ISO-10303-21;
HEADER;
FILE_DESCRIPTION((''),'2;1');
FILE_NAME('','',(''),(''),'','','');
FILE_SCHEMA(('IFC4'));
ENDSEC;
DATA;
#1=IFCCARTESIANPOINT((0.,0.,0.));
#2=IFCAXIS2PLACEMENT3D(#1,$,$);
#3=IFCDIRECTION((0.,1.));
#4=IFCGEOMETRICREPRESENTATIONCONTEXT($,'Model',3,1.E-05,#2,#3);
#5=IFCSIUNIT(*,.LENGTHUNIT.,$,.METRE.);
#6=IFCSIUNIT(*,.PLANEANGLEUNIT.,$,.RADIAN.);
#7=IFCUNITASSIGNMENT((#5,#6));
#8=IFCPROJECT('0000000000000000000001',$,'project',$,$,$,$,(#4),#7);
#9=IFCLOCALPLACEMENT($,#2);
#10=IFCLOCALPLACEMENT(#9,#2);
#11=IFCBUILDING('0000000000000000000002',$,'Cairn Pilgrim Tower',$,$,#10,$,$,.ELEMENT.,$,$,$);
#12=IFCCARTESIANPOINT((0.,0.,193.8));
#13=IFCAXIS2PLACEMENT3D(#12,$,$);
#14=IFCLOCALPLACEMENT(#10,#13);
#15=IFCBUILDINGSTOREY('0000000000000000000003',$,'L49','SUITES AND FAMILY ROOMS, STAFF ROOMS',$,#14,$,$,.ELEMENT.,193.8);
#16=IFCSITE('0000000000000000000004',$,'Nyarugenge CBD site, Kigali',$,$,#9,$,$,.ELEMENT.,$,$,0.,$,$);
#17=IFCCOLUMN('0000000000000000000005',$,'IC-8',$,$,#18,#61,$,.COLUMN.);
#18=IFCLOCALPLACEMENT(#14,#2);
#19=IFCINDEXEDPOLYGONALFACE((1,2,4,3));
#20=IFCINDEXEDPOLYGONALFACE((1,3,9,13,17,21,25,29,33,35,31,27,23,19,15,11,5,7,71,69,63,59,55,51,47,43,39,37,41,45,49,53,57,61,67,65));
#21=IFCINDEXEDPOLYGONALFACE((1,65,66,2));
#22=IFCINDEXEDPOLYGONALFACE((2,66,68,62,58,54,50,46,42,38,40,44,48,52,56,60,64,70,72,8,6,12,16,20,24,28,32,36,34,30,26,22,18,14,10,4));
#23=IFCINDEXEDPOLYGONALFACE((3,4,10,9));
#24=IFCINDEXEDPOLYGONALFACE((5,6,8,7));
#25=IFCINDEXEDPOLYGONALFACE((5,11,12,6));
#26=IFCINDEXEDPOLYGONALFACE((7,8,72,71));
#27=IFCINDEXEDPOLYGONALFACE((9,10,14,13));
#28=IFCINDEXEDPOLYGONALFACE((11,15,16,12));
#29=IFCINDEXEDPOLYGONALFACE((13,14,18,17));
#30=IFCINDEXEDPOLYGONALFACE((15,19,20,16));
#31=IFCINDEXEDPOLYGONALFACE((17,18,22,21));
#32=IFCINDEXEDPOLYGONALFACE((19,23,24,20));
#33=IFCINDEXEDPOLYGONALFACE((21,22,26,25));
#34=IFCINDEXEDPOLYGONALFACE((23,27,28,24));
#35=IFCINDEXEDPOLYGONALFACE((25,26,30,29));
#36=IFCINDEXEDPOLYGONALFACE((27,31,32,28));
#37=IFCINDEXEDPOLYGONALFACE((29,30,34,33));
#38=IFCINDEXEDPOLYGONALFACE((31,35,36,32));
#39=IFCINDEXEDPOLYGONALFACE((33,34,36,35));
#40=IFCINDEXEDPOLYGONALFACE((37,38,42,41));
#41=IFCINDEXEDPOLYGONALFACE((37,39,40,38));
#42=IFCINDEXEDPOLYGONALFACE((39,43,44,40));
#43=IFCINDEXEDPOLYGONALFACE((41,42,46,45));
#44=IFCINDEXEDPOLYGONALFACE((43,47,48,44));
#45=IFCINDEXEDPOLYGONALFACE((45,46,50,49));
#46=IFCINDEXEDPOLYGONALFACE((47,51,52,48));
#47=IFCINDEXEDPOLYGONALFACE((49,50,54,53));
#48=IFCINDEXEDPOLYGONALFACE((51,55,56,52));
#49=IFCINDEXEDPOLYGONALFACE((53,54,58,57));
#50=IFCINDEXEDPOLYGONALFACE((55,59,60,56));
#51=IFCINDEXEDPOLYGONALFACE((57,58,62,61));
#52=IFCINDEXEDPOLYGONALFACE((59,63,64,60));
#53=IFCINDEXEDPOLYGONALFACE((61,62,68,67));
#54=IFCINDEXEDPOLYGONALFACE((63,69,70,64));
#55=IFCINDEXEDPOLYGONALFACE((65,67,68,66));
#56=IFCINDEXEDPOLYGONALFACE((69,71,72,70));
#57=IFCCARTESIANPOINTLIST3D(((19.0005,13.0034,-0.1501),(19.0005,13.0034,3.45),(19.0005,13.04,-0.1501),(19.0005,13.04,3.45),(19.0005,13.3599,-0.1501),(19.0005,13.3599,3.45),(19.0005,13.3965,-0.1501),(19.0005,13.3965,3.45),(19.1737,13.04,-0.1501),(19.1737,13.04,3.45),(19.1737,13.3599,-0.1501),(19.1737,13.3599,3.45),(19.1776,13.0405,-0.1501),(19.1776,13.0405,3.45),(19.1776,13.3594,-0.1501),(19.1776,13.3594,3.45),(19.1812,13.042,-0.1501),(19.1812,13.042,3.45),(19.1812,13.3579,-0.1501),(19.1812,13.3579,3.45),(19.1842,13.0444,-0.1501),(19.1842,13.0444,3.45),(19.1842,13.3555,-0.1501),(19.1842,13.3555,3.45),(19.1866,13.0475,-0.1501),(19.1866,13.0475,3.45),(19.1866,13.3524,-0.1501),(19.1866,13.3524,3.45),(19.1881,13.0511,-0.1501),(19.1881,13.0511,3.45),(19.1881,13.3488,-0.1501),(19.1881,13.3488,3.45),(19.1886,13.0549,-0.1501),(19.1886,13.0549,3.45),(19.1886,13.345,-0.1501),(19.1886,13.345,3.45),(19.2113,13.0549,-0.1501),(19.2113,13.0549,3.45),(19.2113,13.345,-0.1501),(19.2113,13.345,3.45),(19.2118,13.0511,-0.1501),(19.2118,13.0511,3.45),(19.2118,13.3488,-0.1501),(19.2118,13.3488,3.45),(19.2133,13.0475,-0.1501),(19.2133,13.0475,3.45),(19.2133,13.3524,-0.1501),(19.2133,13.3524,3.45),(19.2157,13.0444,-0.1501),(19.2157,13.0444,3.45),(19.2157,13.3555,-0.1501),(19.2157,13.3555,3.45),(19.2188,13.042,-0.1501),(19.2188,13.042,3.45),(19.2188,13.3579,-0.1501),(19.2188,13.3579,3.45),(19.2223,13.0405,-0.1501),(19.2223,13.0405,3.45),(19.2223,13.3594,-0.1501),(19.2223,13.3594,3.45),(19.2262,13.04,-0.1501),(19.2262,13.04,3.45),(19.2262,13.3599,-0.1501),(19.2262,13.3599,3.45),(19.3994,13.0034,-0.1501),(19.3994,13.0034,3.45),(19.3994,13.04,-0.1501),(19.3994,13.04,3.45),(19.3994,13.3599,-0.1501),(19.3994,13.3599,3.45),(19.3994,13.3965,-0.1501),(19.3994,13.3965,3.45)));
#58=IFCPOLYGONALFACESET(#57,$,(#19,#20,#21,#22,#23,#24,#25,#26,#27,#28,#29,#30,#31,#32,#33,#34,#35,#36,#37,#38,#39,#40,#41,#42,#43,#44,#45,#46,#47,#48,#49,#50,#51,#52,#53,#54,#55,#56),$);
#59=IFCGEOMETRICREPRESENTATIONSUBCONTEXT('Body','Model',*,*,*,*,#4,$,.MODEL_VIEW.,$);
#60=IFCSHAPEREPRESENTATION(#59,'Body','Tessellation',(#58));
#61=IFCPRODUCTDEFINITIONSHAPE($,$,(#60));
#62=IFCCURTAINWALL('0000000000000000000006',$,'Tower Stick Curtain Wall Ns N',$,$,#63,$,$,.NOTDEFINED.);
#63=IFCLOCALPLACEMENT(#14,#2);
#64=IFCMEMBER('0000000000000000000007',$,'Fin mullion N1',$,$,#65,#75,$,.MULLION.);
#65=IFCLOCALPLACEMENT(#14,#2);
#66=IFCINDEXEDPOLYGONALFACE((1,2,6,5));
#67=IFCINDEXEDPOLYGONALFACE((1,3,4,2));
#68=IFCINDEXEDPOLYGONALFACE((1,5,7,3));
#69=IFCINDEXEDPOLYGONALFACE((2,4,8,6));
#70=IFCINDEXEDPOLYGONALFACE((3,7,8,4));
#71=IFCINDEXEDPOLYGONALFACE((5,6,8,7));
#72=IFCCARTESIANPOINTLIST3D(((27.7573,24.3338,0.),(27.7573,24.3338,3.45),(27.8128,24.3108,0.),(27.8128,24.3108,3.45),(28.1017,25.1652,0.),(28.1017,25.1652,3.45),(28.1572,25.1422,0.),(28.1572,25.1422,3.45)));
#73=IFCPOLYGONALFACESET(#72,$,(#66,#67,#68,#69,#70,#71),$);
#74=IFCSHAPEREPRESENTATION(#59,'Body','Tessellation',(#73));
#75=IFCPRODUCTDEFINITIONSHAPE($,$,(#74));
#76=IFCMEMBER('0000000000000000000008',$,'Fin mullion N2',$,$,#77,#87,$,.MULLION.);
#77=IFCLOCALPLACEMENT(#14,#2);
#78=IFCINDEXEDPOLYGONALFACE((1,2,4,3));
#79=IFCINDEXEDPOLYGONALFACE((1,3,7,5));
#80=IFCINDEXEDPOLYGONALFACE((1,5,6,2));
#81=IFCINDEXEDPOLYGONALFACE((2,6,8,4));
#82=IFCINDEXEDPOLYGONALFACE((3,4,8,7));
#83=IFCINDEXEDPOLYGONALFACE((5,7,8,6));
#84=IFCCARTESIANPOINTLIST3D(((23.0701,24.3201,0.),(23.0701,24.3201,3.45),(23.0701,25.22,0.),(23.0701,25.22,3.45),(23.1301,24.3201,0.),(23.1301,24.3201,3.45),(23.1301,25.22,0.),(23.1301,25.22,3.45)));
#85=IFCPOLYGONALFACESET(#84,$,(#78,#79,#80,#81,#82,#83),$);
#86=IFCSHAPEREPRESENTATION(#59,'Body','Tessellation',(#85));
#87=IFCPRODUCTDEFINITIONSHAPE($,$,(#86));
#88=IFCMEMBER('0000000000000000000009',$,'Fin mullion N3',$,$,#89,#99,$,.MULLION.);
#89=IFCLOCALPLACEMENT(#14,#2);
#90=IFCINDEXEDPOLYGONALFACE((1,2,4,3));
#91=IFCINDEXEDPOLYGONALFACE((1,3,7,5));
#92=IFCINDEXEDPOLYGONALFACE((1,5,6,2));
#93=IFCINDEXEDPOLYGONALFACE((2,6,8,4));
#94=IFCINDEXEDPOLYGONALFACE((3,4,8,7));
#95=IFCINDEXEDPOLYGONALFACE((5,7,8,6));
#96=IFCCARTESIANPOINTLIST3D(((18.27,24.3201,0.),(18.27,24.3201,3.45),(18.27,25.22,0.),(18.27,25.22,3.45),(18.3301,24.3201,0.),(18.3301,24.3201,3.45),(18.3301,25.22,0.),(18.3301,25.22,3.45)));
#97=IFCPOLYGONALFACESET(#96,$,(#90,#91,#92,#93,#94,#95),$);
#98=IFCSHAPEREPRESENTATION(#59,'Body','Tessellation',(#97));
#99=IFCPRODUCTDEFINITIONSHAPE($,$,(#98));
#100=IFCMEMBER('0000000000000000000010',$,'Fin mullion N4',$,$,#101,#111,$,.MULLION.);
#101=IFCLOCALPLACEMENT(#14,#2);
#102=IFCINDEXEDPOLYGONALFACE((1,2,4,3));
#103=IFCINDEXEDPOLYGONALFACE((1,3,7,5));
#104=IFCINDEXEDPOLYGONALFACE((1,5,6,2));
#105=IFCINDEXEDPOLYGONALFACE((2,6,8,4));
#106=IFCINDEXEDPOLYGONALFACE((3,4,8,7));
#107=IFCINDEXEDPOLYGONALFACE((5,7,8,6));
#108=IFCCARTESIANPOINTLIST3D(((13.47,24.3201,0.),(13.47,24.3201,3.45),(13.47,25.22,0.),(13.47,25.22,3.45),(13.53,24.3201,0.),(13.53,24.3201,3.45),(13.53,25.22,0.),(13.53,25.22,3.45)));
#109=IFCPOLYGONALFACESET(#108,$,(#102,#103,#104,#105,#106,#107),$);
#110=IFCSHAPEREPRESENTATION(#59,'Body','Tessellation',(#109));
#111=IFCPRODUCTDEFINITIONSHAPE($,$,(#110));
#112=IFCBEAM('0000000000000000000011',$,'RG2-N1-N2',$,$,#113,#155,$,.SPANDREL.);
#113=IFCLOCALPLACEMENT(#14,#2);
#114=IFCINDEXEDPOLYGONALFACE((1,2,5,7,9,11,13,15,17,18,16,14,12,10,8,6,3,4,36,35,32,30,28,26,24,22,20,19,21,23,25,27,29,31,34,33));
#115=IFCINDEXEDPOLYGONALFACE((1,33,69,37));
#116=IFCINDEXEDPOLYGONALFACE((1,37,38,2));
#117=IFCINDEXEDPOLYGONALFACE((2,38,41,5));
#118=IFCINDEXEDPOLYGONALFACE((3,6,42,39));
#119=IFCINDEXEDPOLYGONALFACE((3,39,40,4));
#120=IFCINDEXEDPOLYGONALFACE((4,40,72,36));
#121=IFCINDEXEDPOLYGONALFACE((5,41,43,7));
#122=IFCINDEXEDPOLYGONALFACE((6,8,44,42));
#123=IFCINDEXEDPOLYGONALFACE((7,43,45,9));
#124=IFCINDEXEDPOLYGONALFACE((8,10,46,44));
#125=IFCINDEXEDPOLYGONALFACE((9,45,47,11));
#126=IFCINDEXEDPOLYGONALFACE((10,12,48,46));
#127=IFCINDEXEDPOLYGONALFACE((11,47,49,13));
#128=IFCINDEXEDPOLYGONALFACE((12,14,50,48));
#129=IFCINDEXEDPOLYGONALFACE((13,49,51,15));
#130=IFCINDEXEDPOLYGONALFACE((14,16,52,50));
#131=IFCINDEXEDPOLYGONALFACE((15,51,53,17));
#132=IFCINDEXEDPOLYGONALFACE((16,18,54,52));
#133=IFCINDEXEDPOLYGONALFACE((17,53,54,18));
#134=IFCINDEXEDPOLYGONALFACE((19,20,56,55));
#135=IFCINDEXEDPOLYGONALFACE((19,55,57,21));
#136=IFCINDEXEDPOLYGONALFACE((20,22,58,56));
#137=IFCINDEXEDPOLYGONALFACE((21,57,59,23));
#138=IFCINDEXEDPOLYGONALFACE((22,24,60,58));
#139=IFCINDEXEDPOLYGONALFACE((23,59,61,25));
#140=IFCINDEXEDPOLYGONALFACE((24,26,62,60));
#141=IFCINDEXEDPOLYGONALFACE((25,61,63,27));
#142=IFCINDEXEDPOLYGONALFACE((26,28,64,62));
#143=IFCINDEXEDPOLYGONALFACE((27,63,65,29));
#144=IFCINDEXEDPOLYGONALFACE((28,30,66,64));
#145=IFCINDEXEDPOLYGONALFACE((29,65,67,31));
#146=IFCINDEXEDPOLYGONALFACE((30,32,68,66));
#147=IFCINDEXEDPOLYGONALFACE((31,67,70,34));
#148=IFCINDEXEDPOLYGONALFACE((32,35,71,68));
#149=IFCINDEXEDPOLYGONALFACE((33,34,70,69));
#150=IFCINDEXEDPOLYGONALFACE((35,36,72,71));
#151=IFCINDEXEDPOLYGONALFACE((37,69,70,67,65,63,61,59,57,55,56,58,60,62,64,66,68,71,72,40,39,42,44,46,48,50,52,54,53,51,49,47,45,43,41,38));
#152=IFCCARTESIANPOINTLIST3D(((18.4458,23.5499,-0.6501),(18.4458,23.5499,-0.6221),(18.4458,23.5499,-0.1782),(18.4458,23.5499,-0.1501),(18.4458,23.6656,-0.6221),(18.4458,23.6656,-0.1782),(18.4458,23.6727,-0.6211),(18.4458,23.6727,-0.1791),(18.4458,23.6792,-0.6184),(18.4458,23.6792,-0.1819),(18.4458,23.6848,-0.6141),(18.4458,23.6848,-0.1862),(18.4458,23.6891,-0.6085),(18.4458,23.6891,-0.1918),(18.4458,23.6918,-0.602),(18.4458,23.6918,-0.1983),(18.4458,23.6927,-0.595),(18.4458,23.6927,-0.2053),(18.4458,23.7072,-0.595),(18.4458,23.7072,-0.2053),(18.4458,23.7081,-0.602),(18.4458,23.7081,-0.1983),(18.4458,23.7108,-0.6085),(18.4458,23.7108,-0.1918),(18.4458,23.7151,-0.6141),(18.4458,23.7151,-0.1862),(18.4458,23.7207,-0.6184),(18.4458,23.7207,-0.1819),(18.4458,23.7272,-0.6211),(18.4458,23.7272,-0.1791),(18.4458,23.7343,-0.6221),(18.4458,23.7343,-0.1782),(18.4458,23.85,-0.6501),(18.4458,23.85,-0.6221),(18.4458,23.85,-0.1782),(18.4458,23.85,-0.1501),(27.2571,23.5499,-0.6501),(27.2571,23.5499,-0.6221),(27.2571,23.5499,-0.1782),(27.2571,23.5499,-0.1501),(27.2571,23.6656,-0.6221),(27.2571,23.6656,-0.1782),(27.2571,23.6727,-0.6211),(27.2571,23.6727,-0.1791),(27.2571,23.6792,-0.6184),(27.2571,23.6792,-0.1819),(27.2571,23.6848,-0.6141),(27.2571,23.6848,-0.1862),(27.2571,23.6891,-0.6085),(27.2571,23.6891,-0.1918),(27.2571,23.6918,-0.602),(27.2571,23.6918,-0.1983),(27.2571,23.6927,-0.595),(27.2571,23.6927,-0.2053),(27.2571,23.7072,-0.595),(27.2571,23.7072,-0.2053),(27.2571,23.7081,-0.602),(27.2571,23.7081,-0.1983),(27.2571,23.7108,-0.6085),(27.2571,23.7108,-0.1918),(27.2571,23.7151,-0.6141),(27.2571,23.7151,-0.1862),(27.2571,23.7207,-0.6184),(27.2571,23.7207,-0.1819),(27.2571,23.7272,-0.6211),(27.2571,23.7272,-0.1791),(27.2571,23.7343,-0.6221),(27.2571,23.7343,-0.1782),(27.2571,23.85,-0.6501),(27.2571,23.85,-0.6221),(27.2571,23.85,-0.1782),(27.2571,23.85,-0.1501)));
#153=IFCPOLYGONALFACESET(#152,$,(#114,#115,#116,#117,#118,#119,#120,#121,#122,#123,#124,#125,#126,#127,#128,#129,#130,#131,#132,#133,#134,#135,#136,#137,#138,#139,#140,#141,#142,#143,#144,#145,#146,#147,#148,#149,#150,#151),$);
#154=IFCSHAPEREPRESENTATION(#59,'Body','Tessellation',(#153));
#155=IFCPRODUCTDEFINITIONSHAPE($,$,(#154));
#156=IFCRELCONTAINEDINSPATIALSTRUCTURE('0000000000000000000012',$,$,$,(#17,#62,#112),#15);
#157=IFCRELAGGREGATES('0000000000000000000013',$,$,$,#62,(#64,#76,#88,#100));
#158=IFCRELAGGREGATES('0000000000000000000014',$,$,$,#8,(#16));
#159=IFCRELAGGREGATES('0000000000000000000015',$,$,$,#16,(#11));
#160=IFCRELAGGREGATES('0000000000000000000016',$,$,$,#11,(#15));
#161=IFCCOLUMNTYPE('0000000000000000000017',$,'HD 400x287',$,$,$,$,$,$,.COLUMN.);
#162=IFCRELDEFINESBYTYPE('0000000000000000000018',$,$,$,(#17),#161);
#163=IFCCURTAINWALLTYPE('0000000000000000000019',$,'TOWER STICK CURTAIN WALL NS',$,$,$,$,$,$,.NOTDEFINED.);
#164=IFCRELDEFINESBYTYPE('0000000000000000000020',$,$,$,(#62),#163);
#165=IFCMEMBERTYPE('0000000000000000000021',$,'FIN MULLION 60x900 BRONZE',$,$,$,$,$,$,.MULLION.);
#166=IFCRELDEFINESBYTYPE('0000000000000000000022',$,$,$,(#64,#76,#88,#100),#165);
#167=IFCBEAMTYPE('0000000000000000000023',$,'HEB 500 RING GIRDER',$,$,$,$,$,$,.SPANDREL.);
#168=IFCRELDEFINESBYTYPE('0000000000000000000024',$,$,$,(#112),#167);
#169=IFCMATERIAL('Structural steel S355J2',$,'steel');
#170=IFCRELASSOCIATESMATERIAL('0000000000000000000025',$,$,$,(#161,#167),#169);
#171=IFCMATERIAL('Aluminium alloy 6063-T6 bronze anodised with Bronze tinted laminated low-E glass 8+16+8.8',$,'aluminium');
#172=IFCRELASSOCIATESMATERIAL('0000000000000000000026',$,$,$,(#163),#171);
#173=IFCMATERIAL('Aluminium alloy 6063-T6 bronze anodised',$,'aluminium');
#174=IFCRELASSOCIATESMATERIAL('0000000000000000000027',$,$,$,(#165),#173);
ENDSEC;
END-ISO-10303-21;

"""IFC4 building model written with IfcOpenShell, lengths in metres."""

from ifc_helpers import new_model, si_unit, direction, frame, origin, origin_2d, place, context, subcontext, project, spatial, rectangle, i_section, extrude, material, material_profile, profile_set, type_object, element, aggregate, save


model = new_model("IFC4")

# Units and contexts
model_context = context("Model", 3, precision=1e-05, world=origin(), true_north=direction((0.0, 1.0)))
body_context = subcontext(model_context, "Body", "Model", "MODEL_VIEW")
ifc_project = project(units=[si_unit("LENGTHUNIT", "METRE"), si_unit("PLANEANGLEUNIT", "RADIAN")], contexts=[model_context])

# Site, building, storey
site_placement = place(None, origin())
site = spatial("IfcSite", under=ifc_project, at=site_placement, Name="Nyarugenge CBD site, Kigali", CompositionType="ELEMENT", RefElevation=0.0)
building_placement = place(site_placement, origin())
building = spatial("IfcBuilding", under=site, at=building_placement, Name="Cairn Pilgrim Tower", CompositionType="ELEMENT")
storey_placement = place(building_placement, frame((0.0, 0.0, 193.8)))
storey = spatial("IfcBuildingStorey", under=building, at=storey_placement, Name="L49", Description="SUITES AND FAMILY ROOMS, STAFF ROOMS", CompositionType="ELEMENT", Elevation=193.8)

# Column
ifc_material_1 = material(Name="Structural steel S355J2", Category="steel")
ifc_material_profile_1 = material_profile(ifc_material_1, i_section(OverallWidth=0.3989, OverallDepth=0.3931, WebThickness=0.0227, FlangeThickness=0.0366, FilletRadius=0.0149, at=origin_2d()), Name="HD 400x287")
ifc_profile_set_1 = profile_set([ifc_material_profile_1], Name="Structural steel S355J2")
column_type_1 = type_object("IfcColumnType", Name="HD 400x287", PredefinedType="COLUMN", material=ifc_profile_set_1)
column_1_placement = place(storey_placement, frame((19.2, 13.2, -0.1501), z_axis=(0.0, 0.0, 1.0), x_axis=(1.0, 0.0, 0.0)))
element("IfcColumn", 1, at=column_1_placement, inside=storey, type_object=column_type_1, Name="IC-8", PredefinedType="COLUMN", context=body_context, shape_type="SweptSolid", body=[
    extrude(i_section(OverallWidth=0.3989, OverallDepth=0.3931, WebThickness=0.0227, FlangeThickness=0.0366, FilletRadius=0.0149, at=origin_2d()), origin(), (0.0, 0.0, 1.0), 3.6001),
])

# Curtain wall, members
ifc_material_2 = material(Name="Aluminium alloy 6063-T6 bronze anodised with Bronze tinted laminated low-E glass 8+16+8.8", Category="aluminium")
curtain_wall_type = type_object("IfcCurtainWallType", Name="TOWER STICK CURTAIN WALL NS", PredefinedType="NOTDEFINED", material=ifc_material_2)
curtain_wall_placement = place(storey_placement, origin())
curtain_wall = element("IfcCurtainWall", 2, at=curtain_wall_placement, inside=storey, type_object=curtain_wall_type, Name="Tower Stick Curtain Wall Ns N", PredefinedType="NOTDEFINED")
ifc_material_3 = material(Name="Aluminium alloy 6063-T6 bronze anodised", Category="aluminium")
ifc_material_profile_2 = material_profile(ifc_material_3, rectangle(XDim=0.8999, YDim=0.0601, at=origin_2d()), Name="FIN MULLION 60x900 BRONZE")
ifc_profile_set_2 = profile_set([ifc_material_profile_2], Name="Aluminium alloy 6063-T6 bronze anodised")
member_type = type_object("IfcMemberType", Name="FIN MULLION 60x900 BRONZE", PredefinedType="MULLION", material=ifc_profile_set_2)
member_1_placement = place(storey_placement, frame((27.9573, 24.738, 0.0), z_axis=(0.0, 0.0, 1.0), x_axis=(0.382683, 0.92388, 0.0)))
member_1 = element("IfcMember", 3, at=member_1_placement, type_object=member_type, Name="Fin mullion N1", PredefinedType="MULLION", context=body_context, shape_type="SweptSolid", body=[
    extrude(rectangle(XDim=0.8999, YDim=0.0601, at=origin_2d()), origin(), (0.0, 0.0, 1.0), 3.45),
])
member_2_placement = place(storey_placement, frame((23.1001, 24.77, 0.0), z_axis=(0.0, 0.0, 1.0), x_axis=(0.0, 1.0, 0.0)))
member_2 = element("IfcMember", 4, at=member_2_placement, type_object=member_type, Name="Fin mullion N2", PredefinedType="MULLION", context=body_context, shape_type="SweptSolid", body=[
    extrude(rectangle(XDim=0.8999, YDim=0.0601, at=origin_2d()), origin(), (0.0, 0.0, 1.0), 3.45),
])
member_3_placement = place(storey_placement, frame((18.3, 24.77, 0.0), z_axis=(0.0, 0.0, 1.0), x_axis=(0.0, 1.0, 0.0)))
member_3 = element("IfcMember", 5, at=member_3_placement, type_object=member_type, Name="Fin mullion N3", PredefinedType="MULLION", context=body_context, shape_type="SweptSolid", body=[
    extrude(rectangle(XDim=0.8999, YDim=0.0601, at=origin_2d()), origin(), (0.0, 0.0, 1.0), 3.45),
])
member_4_placement = place(storey_placement, frame((13.5, 24.77, 0.0), z_axis=(0.0, 0.0, 1.0), x_axis=(0.0, 1.0, 0.0)))
member_4 = element("IfcMember", 6, at=member_4_placement, type_object=member_type, Name="Fin mullion N4", PredefinedType="MULLION", context=body_context, shape_type="SweptSolid", body=[
    extrude(rectangle(XDim=0.8999, YDim=0.0601, at=origin_2d()), origin(), (0.0, 0.0, 1.0), 3.45),
])
aggregate(curtain_wall, [member_1, member_2, member_3, member_4])

# Beam
ifc_material_profile_3 = material_profile(ifc_material_1, i_section(OverallWidth=0.3, OverallDepth=0.5, WebThickness=0.0144, FlangeThickness=0.0281, FilletRadius=0.0271, at=origin_2d()), Name="HEB 500")
ifc_profile_set_3 = profile_set([ifc_material_profile_3], Name="Structural steel S355J2")
beam_type_1 = type_object("IfcBeamType", Name="HEB 500 RING GIRDER", PredefinedType="SPANDREL", material=ifc_profile_set_3)
beam_1_placement = place(storey_placement, frame((27.2571, 23.7, -0.4001), z_axis=(-1.0, 0.0, 0.0), x_axis=(0.0, -1.0, 0.0)))
element("IfcBeam", 7, at=beam_1_placement, inside=storey, type_object=beam_type_1, Name="RG2-N1-N2", PredefinedType="SPANDREL", context=body_context, shape_type="SweptSolid", body=[
    extrude(i_section(OverallWidth=0.3, OverallDepth=0.5, WebThickness=0.0144, FlangeThickness=0.0281, FilletRadius=0.0271, at=origin_2d()), origin(), (0.0, 0.0, 1.0), 8.8113),
])

save(model, "model.ifc")
